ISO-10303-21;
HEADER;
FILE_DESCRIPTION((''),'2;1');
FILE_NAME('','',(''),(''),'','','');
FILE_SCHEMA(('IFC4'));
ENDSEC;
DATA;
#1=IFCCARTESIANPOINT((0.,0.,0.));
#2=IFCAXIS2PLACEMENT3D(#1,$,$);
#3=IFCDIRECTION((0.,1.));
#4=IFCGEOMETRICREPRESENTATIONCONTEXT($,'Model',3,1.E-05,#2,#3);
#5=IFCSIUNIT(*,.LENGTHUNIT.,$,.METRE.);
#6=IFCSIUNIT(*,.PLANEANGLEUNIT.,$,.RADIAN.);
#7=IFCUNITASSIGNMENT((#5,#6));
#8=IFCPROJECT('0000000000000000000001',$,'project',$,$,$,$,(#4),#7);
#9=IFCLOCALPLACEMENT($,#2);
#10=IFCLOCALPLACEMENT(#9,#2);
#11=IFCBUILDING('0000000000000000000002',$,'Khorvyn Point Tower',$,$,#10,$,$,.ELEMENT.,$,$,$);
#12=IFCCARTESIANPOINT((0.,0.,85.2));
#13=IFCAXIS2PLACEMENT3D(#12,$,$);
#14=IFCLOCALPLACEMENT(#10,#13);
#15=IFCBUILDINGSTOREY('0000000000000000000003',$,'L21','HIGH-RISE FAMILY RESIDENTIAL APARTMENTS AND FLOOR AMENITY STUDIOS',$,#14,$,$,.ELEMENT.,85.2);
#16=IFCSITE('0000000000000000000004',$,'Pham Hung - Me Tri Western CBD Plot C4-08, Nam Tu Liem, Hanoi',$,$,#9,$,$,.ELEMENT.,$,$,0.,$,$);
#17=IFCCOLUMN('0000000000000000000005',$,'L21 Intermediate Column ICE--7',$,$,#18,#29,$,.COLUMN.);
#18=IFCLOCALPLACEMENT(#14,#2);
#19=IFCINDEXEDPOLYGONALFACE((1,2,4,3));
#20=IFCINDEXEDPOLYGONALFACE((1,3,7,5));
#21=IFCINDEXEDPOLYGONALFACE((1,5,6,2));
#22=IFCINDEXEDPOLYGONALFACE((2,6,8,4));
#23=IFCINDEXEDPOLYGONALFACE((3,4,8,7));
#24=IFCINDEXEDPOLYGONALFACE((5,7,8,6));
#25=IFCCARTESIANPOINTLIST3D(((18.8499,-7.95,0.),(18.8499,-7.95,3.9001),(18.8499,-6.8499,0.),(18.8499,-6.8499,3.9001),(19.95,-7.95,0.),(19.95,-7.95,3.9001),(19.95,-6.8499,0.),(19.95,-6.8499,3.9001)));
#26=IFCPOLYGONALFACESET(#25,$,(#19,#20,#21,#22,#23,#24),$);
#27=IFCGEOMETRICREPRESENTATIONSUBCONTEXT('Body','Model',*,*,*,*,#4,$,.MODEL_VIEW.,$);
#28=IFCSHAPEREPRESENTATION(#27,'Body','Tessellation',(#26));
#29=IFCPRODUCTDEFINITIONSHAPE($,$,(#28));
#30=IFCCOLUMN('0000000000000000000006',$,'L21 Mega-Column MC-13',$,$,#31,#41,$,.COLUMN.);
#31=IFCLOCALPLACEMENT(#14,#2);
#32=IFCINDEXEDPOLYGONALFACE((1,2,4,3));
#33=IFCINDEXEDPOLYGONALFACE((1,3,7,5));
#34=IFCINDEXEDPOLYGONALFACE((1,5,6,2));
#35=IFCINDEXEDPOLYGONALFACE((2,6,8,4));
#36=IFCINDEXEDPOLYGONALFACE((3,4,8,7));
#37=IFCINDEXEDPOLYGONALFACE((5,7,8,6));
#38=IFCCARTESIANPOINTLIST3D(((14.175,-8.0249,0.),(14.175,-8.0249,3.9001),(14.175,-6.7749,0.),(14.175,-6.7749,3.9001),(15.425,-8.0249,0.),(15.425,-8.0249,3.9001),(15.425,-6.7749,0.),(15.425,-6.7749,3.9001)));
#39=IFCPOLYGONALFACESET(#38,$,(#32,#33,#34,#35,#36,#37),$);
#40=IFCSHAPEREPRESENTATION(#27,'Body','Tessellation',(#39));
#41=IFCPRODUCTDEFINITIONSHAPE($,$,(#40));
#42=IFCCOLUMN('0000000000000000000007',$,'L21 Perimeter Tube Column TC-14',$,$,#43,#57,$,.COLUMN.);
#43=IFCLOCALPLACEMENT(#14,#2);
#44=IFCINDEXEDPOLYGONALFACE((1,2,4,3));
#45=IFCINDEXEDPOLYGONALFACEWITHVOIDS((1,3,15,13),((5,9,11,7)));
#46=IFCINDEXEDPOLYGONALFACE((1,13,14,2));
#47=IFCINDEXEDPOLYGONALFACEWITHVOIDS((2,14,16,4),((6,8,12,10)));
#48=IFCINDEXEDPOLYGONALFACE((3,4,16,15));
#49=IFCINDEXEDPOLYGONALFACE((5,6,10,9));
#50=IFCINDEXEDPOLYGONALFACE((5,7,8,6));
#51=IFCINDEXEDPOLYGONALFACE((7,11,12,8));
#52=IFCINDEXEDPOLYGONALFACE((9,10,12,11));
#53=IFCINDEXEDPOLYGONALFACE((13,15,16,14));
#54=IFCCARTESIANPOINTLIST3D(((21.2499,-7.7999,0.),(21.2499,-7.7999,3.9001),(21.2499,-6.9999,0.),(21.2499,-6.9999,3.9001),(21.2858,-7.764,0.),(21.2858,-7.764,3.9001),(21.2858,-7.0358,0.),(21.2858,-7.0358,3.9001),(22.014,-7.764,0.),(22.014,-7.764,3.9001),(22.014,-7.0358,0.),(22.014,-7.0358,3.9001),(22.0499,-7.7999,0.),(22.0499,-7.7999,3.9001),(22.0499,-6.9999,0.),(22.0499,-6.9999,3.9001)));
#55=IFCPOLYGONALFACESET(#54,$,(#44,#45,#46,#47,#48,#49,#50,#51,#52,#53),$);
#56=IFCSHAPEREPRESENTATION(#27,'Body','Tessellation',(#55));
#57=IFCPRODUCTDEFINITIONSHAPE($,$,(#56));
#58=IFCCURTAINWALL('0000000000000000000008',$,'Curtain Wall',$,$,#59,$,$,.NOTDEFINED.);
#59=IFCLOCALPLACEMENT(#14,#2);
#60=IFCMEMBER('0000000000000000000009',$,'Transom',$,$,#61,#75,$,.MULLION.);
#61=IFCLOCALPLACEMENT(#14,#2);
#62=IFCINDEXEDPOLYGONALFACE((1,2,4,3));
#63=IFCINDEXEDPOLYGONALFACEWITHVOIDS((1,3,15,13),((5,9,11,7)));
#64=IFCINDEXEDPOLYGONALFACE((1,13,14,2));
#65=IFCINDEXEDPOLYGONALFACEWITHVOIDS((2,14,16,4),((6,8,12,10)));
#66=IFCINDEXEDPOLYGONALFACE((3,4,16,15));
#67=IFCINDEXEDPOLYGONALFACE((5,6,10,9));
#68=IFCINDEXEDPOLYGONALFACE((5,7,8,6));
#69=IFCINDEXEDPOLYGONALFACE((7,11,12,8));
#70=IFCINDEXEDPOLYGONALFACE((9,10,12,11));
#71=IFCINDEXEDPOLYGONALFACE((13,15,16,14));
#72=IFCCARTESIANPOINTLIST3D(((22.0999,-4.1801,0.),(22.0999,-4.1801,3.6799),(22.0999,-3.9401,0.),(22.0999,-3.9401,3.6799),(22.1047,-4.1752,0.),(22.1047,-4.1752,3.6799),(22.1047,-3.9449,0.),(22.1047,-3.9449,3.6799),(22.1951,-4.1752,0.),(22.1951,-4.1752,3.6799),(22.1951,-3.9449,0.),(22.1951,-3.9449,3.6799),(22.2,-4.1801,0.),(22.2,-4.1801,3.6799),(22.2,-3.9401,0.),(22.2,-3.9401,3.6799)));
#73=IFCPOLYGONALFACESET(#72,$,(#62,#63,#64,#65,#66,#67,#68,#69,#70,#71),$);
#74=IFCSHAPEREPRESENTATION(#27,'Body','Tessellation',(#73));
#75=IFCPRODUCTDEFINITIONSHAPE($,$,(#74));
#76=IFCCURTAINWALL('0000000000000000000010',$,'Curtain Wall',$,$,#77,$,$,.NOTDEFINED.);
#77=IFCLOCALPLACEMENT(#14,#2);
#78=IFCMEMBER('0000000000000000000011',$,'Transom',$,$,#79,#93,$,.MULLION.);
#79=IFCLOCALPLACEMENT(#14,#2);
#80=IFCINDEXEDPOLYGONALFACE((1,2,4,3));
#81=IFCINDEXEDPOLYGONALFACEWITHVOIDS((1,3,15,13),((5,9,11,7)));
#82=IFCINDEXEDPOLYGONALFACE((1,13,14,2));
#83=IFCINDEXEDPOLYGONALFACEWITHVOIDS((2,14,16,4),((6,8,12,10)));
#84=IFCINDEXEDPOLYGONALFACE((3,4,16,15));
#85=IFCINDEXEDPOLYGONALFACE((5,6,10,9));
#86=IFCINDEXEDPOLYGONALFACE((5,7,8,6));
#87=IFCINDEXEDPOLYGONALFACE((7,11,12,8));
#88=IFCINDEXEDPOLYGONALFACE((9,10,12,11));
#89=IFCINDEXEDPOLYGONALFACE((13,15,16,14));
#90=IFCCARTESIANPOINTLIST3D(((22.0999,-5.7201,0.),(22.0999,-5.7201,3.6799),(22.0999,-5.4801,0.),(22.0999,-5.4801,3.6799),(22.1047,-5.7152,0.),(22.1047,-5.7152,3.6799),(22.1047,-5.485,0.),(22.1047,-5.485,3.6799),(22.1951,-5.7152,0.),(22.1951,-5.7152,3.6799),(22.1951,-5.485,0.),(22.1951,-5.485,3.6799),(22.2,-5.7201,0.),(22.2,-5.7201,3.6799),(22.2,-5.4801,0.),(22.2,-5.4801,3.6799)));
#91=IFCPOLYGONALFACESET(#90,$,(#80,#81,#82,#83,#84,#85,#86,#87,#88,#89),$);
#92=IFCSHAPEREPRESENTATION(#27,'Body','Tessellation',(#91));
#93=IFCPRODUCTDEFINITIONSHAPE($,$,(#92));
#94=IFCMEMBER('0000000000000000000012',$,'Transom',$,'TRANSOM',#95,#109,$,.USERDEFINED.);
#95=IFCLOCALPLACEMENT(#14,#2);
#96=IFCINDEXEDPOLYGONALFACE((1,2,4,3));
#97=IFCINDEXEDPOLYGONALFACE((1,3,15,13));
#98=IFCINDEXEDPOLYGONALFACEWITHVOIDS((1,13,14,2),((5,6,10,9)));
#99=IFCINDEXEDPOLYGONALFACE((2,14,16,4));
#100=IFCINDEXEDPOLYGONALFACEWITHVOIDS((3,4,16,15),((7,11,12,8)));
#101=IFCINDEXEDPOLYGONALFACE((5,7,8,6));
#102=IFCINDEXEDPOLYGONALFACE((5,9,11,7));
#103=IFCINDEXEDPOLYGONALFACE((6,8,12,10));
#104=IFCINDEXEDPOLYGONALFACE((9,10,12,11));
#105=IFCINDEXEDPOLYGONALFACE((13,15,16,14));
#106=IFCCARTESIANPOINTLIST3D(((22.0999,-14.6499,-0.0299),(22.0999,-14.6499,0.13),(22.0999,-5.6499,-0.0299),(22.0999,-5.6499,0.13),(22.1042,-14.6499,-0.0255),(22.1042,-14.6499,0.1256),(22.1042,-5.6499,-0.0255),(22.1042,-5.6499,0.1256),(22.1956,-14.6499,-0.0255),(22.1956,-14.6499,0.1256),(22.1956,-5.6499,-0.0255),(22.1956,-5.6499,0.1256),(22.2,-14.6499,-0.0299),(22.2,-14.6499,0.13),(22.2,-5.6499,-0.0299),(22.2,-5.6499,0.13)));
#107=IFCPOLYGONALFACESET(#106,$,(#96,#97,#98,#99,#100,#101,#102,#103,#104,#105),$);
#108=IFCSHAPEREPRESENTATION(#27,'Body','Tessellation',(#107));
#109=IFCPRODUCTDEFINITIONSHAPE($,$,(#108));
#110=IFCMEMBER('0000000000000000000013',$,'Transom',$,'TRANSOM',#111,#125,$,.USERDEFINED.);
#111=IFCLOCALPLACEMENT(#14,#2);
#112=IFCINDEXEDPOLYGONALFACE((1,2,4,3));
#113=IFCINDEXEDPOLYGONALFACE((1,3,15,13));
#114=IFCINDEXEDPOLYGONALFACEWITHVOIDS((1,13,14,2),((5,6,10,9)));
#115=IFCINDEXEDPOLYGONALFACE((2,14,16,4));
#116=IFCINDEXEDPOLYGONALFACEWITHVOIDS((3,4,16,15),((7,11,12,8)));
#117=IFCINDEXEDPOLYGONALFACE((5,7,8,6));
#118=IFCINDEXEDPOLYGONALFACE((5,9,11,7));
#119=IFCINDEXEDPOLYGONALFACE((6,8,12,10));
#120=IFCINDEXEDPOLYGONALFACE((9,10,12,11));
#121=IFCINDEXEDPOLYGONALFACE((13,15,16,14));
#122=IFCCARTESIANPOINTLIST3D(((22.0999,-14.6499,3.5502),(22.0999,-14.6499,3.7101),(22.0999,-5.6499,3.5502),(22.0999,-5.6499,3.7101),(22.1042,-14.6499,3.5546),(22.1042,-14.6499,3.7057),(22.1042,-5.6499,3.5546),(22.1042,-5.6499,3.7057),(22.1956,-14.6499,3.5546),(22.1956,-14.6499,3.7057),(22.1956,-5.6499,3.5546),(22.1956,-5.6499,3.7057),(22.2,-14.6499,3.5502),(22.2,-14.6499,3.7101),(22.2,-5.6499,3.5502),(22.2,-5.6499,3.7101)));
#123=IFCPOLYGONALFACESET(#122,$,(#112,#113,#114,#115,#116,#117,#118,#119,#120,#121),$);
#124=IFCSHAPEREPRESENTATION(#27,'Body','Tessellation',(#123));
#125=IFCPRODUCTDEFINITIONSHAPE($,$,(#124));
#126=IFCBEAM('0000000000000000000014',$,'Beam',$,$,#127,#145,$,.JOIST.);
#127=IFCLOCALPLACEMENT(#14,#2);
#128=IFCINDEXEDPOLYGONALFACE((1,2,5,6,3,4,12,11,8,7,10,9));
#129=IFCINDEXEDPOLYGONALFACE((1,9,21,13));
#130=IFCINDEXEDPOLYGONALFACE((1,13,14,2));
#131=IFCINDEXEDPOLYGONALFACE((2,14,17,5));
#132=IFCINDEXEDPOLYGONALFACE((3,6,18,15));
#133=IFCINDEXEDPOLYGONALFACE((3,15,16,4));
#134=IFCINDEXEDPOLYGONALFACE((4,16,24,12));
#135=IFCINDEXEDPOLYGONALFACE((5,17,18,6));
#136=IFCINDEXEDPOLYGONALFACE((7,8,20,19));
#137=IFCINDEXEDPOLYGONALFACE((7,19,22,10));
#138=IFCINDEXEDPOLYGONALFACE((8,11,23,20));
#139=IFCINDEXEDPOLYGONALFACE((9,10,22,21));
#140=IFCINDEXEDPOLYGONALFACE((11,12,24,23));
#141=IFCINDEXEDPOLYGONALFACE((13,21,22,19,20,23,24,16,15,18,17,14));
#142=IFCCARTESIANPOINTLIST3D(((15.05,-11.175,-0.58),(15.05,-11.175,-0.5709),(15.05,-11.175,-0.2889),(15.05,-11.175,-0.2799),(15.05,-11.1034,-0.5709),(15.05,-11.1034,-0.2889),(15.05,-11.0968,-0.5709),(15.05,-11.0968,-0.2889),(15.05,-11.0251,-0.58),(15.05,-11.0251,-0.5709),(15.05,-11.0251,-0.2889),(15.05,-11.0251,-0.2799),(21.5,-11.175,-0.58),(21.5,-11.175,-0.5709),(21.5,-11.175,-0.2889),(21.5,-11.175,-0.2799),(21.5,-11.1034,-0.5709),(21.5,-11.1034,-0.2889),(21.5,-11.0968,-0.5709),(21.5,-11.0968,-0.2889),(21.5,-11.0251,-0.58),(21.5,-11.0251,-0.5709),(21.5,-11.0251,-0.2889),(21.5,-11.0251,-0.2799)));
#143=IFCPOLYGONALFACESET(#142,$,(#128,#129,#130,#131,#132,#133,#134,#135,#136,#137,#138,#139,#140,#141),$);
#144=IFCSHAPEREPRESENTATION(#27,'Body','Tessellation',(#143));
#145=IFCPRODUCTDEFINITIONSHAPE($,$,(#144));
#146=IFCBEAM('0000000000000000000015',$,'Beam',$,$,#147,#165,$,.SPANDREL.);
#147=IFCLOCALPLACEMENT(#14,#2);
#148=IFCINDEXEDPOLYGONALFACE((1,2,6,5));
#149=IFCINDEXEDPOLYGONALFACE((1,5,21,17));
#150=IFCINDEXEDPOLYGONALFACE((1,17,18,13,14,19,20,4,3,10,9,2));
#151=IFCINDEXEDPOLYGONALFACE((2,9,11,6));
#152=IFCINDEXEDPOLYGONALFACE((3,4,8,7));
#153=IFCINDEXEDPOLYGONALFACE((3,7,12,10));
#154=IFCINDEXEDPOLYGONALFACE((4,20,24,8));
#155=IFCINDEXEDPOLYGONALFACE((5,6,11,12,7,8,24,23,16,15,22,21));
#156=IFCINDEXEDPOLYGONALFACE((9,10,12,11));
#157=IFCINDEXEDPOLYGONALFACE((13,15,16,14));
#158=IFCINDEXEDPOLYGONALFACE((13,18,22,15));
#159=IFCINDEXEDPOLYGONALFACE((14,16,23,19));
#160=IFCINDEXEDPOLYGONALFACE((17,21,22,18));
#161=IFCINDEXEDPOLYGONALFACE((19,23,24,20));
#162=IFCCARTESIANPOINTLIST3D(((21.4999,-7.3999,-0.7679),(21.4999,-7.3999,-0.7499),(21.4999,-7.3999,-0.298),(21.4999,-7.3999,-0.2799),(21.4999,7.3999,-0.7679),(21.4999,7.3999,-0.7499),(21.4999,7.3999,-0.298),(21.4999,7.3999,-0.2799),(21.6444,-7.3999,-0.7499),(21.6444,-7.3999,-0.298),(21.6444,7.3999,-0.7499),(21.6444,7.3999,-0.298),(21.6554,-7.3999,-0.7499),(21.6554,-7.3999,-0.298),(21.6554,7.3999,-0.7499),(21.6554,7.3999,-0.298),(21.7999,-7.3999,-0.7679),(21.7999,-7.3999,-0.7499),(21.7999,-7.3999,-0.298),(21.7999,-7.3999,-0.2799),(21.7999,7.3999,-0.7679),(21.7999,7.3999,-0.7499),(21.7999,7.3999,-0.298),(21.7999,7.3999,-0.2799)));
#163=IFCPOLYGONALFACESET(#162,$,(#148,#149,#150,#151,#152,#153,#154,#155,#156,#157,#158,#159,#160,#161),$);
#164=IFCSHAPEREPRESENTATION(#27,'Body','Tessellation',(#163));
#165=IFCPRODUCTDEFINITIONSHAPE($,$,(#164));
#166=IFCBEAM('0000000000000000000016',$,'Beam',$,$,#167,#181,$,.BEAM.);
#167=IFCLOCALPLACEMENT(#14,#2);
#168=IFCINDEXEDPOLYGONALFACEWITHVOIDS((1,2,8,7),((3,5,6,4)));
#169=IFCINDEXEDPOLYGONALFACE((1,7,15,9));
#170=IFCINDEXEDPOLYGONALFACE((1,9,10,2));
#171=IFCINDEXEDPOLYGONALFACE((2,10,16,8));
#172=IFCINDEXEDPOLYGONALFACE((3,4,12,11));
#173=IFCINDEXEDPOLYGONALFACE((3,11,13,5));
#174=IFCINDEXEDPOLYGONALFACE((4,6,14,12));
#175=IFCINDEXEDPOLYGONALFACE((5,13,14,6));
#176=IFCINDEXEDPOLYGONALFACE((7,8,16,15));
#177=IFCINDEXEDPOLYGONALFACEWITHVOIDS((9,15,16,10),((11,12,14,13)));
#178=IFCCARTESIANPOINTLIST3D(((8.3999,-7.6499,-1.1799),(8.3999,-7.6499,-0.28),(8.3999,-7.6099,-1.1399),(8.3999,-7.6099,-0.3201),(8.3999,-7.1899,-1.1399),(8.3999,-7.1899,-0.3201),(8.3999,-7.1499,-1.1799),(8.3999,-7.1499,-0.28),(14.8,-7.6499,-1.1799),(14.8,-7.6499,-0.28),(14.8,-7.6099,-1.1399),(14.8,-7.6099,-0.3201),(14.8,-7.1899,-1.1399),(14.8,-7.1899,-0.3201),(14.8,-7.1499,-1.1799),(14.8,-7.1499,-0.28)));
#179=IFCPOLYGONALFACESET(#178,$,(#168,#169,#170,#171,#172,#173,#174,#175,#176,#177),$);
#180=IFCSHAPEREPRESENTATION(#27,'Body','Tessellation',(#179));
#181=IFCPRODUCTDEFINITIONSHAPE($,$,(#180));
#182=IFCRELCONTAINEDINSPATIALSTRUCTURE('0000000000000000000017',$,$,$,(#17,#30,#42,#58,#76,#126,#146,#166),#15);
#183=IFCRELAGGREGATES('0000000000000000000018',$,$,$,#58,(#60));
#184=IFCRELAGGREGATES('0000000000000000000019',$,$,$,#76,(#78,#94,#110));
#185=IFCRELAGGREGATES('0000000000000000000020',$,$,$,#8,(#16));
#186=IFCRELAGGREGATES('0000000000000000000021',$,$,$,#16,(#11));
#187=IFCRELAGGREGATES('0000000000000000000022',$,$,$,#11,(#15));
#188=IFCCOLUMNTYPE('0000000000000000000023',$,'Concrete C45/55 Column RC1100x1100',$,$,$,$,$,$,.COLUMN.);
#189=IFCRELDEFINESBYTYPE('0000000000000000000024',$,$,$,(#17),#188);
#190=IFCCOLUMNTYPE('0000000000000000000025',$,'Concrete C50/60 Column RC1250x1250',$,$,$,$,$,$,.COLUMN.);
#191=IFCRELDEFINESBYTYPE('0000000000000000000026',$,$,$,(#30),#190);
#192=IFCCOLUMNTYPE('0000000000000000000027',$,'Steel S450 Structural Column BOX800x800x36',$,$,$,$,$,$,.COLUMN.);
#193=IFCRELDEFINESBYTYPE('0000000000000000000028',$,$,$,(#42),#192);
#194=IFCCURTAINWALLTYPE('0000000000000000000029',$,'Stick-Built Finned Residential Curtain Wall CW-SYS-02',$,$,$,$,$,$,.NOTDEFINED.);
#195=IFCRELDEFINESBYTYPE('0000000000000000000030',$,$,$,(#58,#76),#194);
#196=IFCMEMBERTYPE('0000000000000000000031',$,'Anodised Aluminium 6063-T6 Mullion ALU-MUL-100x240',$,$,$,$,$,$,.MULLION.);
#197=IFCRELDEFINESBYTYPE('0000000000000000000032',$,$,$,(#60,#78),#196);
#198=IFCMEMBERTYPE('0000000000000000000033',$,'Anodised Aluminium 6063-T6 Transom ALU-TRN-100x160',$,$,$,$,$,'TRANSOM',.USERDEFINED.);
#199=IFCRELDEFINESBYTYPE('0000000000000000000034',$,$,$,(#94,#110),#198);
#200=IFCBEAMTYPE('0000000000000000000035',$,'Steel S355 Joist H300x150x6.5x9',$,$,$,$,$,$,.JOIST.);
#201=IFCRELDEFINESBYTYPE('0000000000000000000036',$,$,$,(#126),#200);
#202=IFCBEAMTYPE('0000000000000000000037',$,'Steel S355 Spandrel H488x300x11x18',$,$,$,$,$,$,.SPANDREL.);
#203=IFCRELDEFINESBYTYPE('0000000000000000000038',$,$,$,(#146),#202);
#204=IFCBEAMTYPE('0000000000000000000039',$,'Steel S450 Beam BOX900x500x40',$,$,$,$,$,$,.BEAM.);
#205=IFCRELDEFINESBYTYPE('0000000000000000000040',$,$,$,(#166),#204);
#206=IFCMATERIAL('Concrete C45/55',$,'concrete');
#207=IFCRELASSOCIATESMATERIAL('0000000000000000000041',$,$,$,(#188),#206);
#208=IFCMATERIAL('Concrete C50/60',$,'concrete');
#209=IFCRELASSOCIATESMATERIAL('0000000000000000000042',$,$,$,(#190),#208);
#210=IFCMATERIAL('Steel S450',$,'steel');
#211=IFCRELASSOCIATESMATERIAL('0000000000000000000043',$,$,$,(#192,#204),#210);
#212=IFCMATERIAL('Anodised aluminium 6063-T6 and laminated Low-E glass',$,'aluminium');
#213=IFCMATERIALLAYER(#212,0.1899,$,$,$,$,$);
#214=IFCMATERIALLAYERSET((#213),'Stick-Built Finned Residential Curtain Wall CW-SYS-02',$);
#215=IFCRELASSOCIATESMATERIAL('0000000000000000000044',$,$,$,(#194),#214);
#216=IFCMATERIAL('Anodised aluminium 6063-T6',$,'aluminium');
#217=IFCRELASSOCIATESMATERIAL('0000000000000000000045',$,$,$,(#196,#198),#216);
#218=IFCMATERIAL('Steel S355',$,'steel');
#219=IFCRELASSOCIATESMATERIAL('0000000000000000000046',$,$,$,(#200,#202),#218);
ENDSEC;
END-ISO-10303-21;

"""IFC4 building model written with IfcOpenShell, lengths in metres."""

from ifc_helpers import new_model, si_unit, direction, frame, origin, origin_2d, place, context, subcontext, project, spatial, rectangle, hollow_rectangle, i_section, extrude, material, layer, layer_set, material_profile, profile_set, type_object, element, aggregate, save


model = new_model("IFC4")

# Units and contexts
model_context = context("Model", 3, precision=1e-05, world=origin(), true_north=direction((0.0, 1.0)))
body_context = subcontext(model_context, "Body", "Model", "MODEL_VIEW")
ifc_project = project(units=[si_unit("LENGTHUNIT", "METRE"), si_unit("PLANEANGLEUNIT", "RADIAN")], contexts=[model_context])

# Site, building, storey
site_placement = place(None, origin())
site = spatial("IfcSite", under=ifc_project, at=site_placement, Name="Pham Hung - Me Tri Western CBD Plot C4-08, Nam Tu Liem, Hanoi", CompositionType="ELEMENT", RefElevation=0.0)
building_placement = place(site_placement, origin())
building = spatial("IfcBuilding", under=site, at=building_placement, Name="Khorvyn Point Tower", CompositionType="ELEMENT")
storey_placement = place(building_placement, frame((0.0, 0.0, 85.2)))
storey = spatial("IfcBuildingStorey", under=building, at=storey_placement, Name="L21", Description="HIGH-RISE FAMILY RESIDENTIAL APARTMENTS AND FLOOR AMENITY STUDIOS", CompositionType="ELEMENT", Elevation=85.2)

# Columns
ifc_material_1 = material(Name="Concrete C45/55", Category="concrete")
ifc_material_profile_1 = material_profile(ifc_material_1, rectangle(XDim=1.1001, YDim=1.1001, at=origin_2d()))
ifc_profile_set_1 = profile_set([ifc_material_profile_1], Name="Concrete C45/55 RC1100x1100")
column_type_1 = type_object("IfcColumnType", Name="Concrete C45/55 Column RC1100x1100", PredefinedType="COLUMN", material=ifc_profile_set_1)
column_1_placement = place(storey_placement, frame((19.3999, -7.3999, 0.0), z_axis=(0.0, 0.0, 1.0), x_axis=(1.0, 0.0, 0.0)))
element("IfcColumn", 1, at=column_1_placement, inside=storey, type_object=column_type_1, Name="L21 Intermediate Column ICE--7", PredefinedType="COLUMN", context=body_context, shape_type="SweptSolid", body=[
    extrude(rectangle(XDim=1.1001, YDim=1.1001, at=origin_2d()), origin(), (0.0, 0.0, 1.0), 3.9001),
])
ifc_material_2 = material(Name="Concrete C50/60", Category="concrete")
ifc_material_profile_2 = material_profile(ifc_material_2, rectangle(XDim=1.25, YDim=1.25, at=origin_2d()))
ifc_profile_set_2 = profile_set([ifc_material_profile_2], Name="Concrete C50/60 RC1250x1250")
column_type_2 = type_object("IfcColumnType", Name="Concrete C50/60 Column RC1250x1250", PredefinedType="COLUMN", material=ifc_profile_set_2)
column_2_placement = place(storey_placement, frame((14.8, -7.3999, 0.0), z_axis=(0.0, 0.0, 1.0), x_axis=(1.0, 0.0, 0.0)))
element("IfcColumn", 2, at=column_2_placement, inside=storey, type_object=column_type_2, Name="L21 Mega-Column MC-13", PredefinedType="COLUMN", context=body_context, shape_type="SweptSolid", body=[
    extrude(rectangle(XDim=1.25, YDim=1.25, at=origin_2d()), origin(), (0.0, 0.0, 1.0), 3.9001),
])
ifc_material_3 = material(Name="Steel S450", Category="steel")
ifc_material_profile_3 = material_profile(ifc_material_3, hollow_rectangle(XDim=0.8, YDim=0.8, WallThickness=0.0359, at=origin_2d()))
ifc_profile_set_3 = profile_set([ifc_material_profile_3], Name="Steel S450 BOX800x800x36")
column_type_3 = type_object("IfcColumnType", Name="Steel S450 Structural Column BOX800x800x36", PredefinedType="COLUMN", material=ifc_profile_set_3)
column_3_placement = place(storey_placement, frame((21.6499, -7.3999, 0.0), z_axis=(0.0, 0.0, 1.0), x_axis=(1.0, 0.0, 0.0)))
element("IfcColumn", 3, at=column_3_placement, inside=storey, type_object=column_type_3, Name="L21 Perimeter Tube Column TC-14", PredefinedType="COLUMN", context=body_context, shape_type="SweptSolid", body=[
    extrude(hollow_rectangle(XDim=0.8, YDim=0.8, WallThickness=0.0359, at=origin_2d()), origin(), (0.0, 0.0, 1.0), 3.9001),
])

# Curtain wall, member
ifc_material_4 = material(Name="Anodised aluminium 6063-T6 and laminated Low-E glass", Category="aluminium")
ifc_layer_1 = layer(ifc_material_4, 0.1899)
ifc_layer_set_1 = layer_set([ifc_layer_1], Name="Stick-Built Finned Residential Curtain Wall CW-SYS-02")
curtain_wall_type = type_object("IfcCurtainWallType", Name="Stick-Built Finned Residential Curtain Wall CW-SYS-02", PredefinedType="NOTDEFINED", material=ifc_layer_set_1)
curtain_wall_1_placement = place(storey_placement, origin())
curtain_wall_1 = element("IfcCurtainWall", 4, at=curtain_wall_1_placement, inside=storey, type_object=curtain_wall_type, Name="Curtain Wall", PredefinedType="NOTDEFINED")
ifc_material_5 = material(Name="Anodised aluminium 6063-T6", Category="aluminium")
ifc_material_profile_4 = material_profile(ifc_material_5, hollow_rectangle(XDim=0.1001, YDim=0.24, WallThickness=0.0049, at=origin_2d()))
ifc_profile_set_4 = profile_set([ifc_material_profile_4], Name="Anodised aluminium 6063-T6 ALU-MUL-100x240")
member_type_1 = type_object("IfcMemberType", Name="Anodised Aluminium 6063-T6 Mullion ALU-MUL-100x240", PredefinedType="MULLION", material=ifc_profile_set_4)
member_1_placement = place(storey_placement, frame((22.1499, -4.0601, 0.0), z_axis=(0.0, 0.0, 1.0), x_axis=(1.0, 0.0, 0.0)))
member_1 = element("IfcMember", 5, at=member_1_placement, type_object=member_type_1, Name="Transom", PredefinedType="MULLION", context=body_context, shape_type="SweptSolid", body=[
    extrude(hollow_rectangle(XDim=0.1001, YDim=0.24, WallThickness=0.0049, at=origin_2d()), origin(), (0.0, 0.0, 1.0), 3.6799),
])
aggregate(curtain_wall_1, [member_1])

# Curtain wall, members
curtain_wall_2_placement = place(storey_placement, origin())
curtain_wall_2 = element("IfcCurtainWall", 6, at=curtain_wall_2_placement, inside=storey, type_object=curtain_wall_type, Name="Curtain Wall", PredefinedType="NOTDEFINED")
member_2_placement = place(storey_placement, frame((22.1499, -5.6001, 0.0), z_axis=(0.0, 0.0, 1.0), x_axis=(1.0, 0.0, 0.0)))
member_2 = element("IfcMember", 7, at=member_2_placement, type_object=member_type_1, Name="Transom", PredefinedType="MULLION", context=body_context, shape_type="SweptSolid", body=[
    extrude(hollow_rectangle(XDim=0.1001, YDim=0.24, WallThickness=0.0049, at=origin_2d()), origin(), (0.0, 0.0, 1.0), 3.6799),
])
ifc_material_profile_5 = material_profile(ifc_material_5, hollow_rectangle(XDim=0.1001, YDim=0.1599, WallThickness=0.0044, at=origin_2d()))
ifc_profile_set_5 = profile_set([ifc_material_profile_5], Name="Anodised aluminium 6063-T6 ALU-TRN-100x160")
member_type_2 = type_object("IfcMemberType", Name="Anodised Aluminium 6063-T6 Transom ALU-TRN-100x160", ElementType="TRANSOM", PredefinedType="USERDEFINED", material=ifc_profile_set_5)
member_3_placement = place(storey_placement, frame((22.1499, -5.6499, 0.05), z_axis=(0.0, -1.0, 0.0), x_axis=(1.0, 0.0, 0.0)))
member_3 = element("IfcMember", 8, at=member_3_placement, type_object=member_type_2, Name="Transom", ObjectType="TRANSOM", PredefinedType="USERDEFINED", context=body_context, shape_type="SweptSolid", body=[
    extrude(hollow_rectangle(XDim=0.1001, YDim=0.1599, WallThickness=0.0044, at=origin_2d()), origin(), (0.0, 0.0, 1.0), 9.0),
])
member_4_placement = place(storey_placement, frame((22.1499, -5.6499, 3.6301), z_axis=(0.0, -1.0, 0.0), x_axis=(1.0, 0.0, 0.0)))
member_4 = element("IfcMember", 9, at=member_4_placement, type_object=member_type_2, Name="Transom", ObjectType="TRANSOM", PredefinedType="USERDEFINED", context=body_context, shape_type="SweptSolid", body=[
    extrude(hollow_rectangle(XDim=0.1001, YDim=0.1599, WallThickness=0.0044, at=origin_2d()), origin(), (0.0, 0.0, 1.0), 9.0),
])

# Beams
ifc_material_6 = material(Name="Steel S355", Category="steel")
ifc_material_profile_6 = material_profile(ifc_material_6, i_section(OverallWidth=0.1499, OverallDepth=0.3, WebThickness=0.0066, FlangeThickness=0.009, at=origin_2d()))
ifc_profile_set_6 = profile_set([ifc_material_profile_6], Name="Steel S355 H300x150x6.5x9")
beam_type_1 = type_object("IfcBeamType", Name="Steel S355 Joist H300x150x6.5x9", PredefinedType="JOIST", material=ifc_profile_set_6)
beam_1_placement = place(storey_placement, frame((15.05, -11.1001, -0.4299), z_axis=(1.0, 0.0, 0.0), x_axis=(0.0, 1.0, 0.0)))
element("IfcBeam", 10, at=beam_1_placement, inside=storey, type_object=beam_type_1, Name="Beam", PredefinedType="JOIST", context=body_context, shape_type="SweptSolid", body=[
    extrude(i_section(OverallWidth=0.1499, OverallDepth=0.3, WebThickness=0.0066, FlangeThickness=0.009, at=origin_2d()), origin(), (0.0, 0.0, 1.0), 6.45),
])
ifc_material_profile_7 = material_profile(ifc_material_6, i_section(OverallWidth=0.3, OverallDepth=0.488, WebThickness=0.011, FlangeThickness=0.0181, at=origin_2d()))
ifc_profile_set_7 = profile_set([ifc_material_profile_7], Name="Steel S355 H488x300x11x18")
beam_type_2 = type_object("IfcBeamType", Name="Steel S355 Spandrel H488x300x11x18", PredefinedType="SPANDREL", material=ifc_profile_set_7)
beam_2_placement = place(storey_placement, frame((21.6499, -7.3999, -0.5239), z_axis=(0.0, 1.0, 0.0), x_axis=(-1.0, 0.0, 0.0)))
element("IfcBeam", 11, at=beam_2_placement, inside=storey, type_object=beam_type_2, Name="Beam", PredefinedType="SPANDREL", context=body_context, shape_type="SweptSolid", body=[
    extrude(i_section(OverallWidth=0.3, OverallDepth=0.488, WebThickness=0.011, FlangeThickness=0.0181, at=origin_2d()), origin(), (0.0, 0.0, 1.0), 14.7998),
])
ifc_material_profile_8 = material_profile(ifc_material_3, hollow_rectangle(XDim=0.5, YDim=0.8999, WallThickness=0.04, at=origin_2d()))
ifc_profile_set_8 = profile_set([ifc_material_profile_8], Name="Steel S450 BOX900x500x40")
beam_type_3 = type_object("IfcBeamType", Name="Steel S450 Beam BOX900x500x40", PredefinedType="BEAM", material=ifc_profile_set_8)
beam_3_placement = place(storey_placement, frame((8.3999, -7.3999, -0.73), z_axis=(1.0, 0.0, 0.0), x_axis=(0.0, 1.0, 0.0)))
element("IfcBeam", 12, at=beam_3_placement, inside=storey, type_object=beam_type_3, Name="Beam", PredefinedType="BEAM", context=body_context, shape_type="SweptSolid", body=[
    extrude(hollow_rectangle(XDim=0.5, YDim=0.8999, WallThickness=0.04, at=origin_2d()), origin(), (0.0, 0.0, 1.0), 6.4001),
])

aggregate(curtain_wall_2, [member_2, member_3, member_4])

save(model, "model.ifc")
